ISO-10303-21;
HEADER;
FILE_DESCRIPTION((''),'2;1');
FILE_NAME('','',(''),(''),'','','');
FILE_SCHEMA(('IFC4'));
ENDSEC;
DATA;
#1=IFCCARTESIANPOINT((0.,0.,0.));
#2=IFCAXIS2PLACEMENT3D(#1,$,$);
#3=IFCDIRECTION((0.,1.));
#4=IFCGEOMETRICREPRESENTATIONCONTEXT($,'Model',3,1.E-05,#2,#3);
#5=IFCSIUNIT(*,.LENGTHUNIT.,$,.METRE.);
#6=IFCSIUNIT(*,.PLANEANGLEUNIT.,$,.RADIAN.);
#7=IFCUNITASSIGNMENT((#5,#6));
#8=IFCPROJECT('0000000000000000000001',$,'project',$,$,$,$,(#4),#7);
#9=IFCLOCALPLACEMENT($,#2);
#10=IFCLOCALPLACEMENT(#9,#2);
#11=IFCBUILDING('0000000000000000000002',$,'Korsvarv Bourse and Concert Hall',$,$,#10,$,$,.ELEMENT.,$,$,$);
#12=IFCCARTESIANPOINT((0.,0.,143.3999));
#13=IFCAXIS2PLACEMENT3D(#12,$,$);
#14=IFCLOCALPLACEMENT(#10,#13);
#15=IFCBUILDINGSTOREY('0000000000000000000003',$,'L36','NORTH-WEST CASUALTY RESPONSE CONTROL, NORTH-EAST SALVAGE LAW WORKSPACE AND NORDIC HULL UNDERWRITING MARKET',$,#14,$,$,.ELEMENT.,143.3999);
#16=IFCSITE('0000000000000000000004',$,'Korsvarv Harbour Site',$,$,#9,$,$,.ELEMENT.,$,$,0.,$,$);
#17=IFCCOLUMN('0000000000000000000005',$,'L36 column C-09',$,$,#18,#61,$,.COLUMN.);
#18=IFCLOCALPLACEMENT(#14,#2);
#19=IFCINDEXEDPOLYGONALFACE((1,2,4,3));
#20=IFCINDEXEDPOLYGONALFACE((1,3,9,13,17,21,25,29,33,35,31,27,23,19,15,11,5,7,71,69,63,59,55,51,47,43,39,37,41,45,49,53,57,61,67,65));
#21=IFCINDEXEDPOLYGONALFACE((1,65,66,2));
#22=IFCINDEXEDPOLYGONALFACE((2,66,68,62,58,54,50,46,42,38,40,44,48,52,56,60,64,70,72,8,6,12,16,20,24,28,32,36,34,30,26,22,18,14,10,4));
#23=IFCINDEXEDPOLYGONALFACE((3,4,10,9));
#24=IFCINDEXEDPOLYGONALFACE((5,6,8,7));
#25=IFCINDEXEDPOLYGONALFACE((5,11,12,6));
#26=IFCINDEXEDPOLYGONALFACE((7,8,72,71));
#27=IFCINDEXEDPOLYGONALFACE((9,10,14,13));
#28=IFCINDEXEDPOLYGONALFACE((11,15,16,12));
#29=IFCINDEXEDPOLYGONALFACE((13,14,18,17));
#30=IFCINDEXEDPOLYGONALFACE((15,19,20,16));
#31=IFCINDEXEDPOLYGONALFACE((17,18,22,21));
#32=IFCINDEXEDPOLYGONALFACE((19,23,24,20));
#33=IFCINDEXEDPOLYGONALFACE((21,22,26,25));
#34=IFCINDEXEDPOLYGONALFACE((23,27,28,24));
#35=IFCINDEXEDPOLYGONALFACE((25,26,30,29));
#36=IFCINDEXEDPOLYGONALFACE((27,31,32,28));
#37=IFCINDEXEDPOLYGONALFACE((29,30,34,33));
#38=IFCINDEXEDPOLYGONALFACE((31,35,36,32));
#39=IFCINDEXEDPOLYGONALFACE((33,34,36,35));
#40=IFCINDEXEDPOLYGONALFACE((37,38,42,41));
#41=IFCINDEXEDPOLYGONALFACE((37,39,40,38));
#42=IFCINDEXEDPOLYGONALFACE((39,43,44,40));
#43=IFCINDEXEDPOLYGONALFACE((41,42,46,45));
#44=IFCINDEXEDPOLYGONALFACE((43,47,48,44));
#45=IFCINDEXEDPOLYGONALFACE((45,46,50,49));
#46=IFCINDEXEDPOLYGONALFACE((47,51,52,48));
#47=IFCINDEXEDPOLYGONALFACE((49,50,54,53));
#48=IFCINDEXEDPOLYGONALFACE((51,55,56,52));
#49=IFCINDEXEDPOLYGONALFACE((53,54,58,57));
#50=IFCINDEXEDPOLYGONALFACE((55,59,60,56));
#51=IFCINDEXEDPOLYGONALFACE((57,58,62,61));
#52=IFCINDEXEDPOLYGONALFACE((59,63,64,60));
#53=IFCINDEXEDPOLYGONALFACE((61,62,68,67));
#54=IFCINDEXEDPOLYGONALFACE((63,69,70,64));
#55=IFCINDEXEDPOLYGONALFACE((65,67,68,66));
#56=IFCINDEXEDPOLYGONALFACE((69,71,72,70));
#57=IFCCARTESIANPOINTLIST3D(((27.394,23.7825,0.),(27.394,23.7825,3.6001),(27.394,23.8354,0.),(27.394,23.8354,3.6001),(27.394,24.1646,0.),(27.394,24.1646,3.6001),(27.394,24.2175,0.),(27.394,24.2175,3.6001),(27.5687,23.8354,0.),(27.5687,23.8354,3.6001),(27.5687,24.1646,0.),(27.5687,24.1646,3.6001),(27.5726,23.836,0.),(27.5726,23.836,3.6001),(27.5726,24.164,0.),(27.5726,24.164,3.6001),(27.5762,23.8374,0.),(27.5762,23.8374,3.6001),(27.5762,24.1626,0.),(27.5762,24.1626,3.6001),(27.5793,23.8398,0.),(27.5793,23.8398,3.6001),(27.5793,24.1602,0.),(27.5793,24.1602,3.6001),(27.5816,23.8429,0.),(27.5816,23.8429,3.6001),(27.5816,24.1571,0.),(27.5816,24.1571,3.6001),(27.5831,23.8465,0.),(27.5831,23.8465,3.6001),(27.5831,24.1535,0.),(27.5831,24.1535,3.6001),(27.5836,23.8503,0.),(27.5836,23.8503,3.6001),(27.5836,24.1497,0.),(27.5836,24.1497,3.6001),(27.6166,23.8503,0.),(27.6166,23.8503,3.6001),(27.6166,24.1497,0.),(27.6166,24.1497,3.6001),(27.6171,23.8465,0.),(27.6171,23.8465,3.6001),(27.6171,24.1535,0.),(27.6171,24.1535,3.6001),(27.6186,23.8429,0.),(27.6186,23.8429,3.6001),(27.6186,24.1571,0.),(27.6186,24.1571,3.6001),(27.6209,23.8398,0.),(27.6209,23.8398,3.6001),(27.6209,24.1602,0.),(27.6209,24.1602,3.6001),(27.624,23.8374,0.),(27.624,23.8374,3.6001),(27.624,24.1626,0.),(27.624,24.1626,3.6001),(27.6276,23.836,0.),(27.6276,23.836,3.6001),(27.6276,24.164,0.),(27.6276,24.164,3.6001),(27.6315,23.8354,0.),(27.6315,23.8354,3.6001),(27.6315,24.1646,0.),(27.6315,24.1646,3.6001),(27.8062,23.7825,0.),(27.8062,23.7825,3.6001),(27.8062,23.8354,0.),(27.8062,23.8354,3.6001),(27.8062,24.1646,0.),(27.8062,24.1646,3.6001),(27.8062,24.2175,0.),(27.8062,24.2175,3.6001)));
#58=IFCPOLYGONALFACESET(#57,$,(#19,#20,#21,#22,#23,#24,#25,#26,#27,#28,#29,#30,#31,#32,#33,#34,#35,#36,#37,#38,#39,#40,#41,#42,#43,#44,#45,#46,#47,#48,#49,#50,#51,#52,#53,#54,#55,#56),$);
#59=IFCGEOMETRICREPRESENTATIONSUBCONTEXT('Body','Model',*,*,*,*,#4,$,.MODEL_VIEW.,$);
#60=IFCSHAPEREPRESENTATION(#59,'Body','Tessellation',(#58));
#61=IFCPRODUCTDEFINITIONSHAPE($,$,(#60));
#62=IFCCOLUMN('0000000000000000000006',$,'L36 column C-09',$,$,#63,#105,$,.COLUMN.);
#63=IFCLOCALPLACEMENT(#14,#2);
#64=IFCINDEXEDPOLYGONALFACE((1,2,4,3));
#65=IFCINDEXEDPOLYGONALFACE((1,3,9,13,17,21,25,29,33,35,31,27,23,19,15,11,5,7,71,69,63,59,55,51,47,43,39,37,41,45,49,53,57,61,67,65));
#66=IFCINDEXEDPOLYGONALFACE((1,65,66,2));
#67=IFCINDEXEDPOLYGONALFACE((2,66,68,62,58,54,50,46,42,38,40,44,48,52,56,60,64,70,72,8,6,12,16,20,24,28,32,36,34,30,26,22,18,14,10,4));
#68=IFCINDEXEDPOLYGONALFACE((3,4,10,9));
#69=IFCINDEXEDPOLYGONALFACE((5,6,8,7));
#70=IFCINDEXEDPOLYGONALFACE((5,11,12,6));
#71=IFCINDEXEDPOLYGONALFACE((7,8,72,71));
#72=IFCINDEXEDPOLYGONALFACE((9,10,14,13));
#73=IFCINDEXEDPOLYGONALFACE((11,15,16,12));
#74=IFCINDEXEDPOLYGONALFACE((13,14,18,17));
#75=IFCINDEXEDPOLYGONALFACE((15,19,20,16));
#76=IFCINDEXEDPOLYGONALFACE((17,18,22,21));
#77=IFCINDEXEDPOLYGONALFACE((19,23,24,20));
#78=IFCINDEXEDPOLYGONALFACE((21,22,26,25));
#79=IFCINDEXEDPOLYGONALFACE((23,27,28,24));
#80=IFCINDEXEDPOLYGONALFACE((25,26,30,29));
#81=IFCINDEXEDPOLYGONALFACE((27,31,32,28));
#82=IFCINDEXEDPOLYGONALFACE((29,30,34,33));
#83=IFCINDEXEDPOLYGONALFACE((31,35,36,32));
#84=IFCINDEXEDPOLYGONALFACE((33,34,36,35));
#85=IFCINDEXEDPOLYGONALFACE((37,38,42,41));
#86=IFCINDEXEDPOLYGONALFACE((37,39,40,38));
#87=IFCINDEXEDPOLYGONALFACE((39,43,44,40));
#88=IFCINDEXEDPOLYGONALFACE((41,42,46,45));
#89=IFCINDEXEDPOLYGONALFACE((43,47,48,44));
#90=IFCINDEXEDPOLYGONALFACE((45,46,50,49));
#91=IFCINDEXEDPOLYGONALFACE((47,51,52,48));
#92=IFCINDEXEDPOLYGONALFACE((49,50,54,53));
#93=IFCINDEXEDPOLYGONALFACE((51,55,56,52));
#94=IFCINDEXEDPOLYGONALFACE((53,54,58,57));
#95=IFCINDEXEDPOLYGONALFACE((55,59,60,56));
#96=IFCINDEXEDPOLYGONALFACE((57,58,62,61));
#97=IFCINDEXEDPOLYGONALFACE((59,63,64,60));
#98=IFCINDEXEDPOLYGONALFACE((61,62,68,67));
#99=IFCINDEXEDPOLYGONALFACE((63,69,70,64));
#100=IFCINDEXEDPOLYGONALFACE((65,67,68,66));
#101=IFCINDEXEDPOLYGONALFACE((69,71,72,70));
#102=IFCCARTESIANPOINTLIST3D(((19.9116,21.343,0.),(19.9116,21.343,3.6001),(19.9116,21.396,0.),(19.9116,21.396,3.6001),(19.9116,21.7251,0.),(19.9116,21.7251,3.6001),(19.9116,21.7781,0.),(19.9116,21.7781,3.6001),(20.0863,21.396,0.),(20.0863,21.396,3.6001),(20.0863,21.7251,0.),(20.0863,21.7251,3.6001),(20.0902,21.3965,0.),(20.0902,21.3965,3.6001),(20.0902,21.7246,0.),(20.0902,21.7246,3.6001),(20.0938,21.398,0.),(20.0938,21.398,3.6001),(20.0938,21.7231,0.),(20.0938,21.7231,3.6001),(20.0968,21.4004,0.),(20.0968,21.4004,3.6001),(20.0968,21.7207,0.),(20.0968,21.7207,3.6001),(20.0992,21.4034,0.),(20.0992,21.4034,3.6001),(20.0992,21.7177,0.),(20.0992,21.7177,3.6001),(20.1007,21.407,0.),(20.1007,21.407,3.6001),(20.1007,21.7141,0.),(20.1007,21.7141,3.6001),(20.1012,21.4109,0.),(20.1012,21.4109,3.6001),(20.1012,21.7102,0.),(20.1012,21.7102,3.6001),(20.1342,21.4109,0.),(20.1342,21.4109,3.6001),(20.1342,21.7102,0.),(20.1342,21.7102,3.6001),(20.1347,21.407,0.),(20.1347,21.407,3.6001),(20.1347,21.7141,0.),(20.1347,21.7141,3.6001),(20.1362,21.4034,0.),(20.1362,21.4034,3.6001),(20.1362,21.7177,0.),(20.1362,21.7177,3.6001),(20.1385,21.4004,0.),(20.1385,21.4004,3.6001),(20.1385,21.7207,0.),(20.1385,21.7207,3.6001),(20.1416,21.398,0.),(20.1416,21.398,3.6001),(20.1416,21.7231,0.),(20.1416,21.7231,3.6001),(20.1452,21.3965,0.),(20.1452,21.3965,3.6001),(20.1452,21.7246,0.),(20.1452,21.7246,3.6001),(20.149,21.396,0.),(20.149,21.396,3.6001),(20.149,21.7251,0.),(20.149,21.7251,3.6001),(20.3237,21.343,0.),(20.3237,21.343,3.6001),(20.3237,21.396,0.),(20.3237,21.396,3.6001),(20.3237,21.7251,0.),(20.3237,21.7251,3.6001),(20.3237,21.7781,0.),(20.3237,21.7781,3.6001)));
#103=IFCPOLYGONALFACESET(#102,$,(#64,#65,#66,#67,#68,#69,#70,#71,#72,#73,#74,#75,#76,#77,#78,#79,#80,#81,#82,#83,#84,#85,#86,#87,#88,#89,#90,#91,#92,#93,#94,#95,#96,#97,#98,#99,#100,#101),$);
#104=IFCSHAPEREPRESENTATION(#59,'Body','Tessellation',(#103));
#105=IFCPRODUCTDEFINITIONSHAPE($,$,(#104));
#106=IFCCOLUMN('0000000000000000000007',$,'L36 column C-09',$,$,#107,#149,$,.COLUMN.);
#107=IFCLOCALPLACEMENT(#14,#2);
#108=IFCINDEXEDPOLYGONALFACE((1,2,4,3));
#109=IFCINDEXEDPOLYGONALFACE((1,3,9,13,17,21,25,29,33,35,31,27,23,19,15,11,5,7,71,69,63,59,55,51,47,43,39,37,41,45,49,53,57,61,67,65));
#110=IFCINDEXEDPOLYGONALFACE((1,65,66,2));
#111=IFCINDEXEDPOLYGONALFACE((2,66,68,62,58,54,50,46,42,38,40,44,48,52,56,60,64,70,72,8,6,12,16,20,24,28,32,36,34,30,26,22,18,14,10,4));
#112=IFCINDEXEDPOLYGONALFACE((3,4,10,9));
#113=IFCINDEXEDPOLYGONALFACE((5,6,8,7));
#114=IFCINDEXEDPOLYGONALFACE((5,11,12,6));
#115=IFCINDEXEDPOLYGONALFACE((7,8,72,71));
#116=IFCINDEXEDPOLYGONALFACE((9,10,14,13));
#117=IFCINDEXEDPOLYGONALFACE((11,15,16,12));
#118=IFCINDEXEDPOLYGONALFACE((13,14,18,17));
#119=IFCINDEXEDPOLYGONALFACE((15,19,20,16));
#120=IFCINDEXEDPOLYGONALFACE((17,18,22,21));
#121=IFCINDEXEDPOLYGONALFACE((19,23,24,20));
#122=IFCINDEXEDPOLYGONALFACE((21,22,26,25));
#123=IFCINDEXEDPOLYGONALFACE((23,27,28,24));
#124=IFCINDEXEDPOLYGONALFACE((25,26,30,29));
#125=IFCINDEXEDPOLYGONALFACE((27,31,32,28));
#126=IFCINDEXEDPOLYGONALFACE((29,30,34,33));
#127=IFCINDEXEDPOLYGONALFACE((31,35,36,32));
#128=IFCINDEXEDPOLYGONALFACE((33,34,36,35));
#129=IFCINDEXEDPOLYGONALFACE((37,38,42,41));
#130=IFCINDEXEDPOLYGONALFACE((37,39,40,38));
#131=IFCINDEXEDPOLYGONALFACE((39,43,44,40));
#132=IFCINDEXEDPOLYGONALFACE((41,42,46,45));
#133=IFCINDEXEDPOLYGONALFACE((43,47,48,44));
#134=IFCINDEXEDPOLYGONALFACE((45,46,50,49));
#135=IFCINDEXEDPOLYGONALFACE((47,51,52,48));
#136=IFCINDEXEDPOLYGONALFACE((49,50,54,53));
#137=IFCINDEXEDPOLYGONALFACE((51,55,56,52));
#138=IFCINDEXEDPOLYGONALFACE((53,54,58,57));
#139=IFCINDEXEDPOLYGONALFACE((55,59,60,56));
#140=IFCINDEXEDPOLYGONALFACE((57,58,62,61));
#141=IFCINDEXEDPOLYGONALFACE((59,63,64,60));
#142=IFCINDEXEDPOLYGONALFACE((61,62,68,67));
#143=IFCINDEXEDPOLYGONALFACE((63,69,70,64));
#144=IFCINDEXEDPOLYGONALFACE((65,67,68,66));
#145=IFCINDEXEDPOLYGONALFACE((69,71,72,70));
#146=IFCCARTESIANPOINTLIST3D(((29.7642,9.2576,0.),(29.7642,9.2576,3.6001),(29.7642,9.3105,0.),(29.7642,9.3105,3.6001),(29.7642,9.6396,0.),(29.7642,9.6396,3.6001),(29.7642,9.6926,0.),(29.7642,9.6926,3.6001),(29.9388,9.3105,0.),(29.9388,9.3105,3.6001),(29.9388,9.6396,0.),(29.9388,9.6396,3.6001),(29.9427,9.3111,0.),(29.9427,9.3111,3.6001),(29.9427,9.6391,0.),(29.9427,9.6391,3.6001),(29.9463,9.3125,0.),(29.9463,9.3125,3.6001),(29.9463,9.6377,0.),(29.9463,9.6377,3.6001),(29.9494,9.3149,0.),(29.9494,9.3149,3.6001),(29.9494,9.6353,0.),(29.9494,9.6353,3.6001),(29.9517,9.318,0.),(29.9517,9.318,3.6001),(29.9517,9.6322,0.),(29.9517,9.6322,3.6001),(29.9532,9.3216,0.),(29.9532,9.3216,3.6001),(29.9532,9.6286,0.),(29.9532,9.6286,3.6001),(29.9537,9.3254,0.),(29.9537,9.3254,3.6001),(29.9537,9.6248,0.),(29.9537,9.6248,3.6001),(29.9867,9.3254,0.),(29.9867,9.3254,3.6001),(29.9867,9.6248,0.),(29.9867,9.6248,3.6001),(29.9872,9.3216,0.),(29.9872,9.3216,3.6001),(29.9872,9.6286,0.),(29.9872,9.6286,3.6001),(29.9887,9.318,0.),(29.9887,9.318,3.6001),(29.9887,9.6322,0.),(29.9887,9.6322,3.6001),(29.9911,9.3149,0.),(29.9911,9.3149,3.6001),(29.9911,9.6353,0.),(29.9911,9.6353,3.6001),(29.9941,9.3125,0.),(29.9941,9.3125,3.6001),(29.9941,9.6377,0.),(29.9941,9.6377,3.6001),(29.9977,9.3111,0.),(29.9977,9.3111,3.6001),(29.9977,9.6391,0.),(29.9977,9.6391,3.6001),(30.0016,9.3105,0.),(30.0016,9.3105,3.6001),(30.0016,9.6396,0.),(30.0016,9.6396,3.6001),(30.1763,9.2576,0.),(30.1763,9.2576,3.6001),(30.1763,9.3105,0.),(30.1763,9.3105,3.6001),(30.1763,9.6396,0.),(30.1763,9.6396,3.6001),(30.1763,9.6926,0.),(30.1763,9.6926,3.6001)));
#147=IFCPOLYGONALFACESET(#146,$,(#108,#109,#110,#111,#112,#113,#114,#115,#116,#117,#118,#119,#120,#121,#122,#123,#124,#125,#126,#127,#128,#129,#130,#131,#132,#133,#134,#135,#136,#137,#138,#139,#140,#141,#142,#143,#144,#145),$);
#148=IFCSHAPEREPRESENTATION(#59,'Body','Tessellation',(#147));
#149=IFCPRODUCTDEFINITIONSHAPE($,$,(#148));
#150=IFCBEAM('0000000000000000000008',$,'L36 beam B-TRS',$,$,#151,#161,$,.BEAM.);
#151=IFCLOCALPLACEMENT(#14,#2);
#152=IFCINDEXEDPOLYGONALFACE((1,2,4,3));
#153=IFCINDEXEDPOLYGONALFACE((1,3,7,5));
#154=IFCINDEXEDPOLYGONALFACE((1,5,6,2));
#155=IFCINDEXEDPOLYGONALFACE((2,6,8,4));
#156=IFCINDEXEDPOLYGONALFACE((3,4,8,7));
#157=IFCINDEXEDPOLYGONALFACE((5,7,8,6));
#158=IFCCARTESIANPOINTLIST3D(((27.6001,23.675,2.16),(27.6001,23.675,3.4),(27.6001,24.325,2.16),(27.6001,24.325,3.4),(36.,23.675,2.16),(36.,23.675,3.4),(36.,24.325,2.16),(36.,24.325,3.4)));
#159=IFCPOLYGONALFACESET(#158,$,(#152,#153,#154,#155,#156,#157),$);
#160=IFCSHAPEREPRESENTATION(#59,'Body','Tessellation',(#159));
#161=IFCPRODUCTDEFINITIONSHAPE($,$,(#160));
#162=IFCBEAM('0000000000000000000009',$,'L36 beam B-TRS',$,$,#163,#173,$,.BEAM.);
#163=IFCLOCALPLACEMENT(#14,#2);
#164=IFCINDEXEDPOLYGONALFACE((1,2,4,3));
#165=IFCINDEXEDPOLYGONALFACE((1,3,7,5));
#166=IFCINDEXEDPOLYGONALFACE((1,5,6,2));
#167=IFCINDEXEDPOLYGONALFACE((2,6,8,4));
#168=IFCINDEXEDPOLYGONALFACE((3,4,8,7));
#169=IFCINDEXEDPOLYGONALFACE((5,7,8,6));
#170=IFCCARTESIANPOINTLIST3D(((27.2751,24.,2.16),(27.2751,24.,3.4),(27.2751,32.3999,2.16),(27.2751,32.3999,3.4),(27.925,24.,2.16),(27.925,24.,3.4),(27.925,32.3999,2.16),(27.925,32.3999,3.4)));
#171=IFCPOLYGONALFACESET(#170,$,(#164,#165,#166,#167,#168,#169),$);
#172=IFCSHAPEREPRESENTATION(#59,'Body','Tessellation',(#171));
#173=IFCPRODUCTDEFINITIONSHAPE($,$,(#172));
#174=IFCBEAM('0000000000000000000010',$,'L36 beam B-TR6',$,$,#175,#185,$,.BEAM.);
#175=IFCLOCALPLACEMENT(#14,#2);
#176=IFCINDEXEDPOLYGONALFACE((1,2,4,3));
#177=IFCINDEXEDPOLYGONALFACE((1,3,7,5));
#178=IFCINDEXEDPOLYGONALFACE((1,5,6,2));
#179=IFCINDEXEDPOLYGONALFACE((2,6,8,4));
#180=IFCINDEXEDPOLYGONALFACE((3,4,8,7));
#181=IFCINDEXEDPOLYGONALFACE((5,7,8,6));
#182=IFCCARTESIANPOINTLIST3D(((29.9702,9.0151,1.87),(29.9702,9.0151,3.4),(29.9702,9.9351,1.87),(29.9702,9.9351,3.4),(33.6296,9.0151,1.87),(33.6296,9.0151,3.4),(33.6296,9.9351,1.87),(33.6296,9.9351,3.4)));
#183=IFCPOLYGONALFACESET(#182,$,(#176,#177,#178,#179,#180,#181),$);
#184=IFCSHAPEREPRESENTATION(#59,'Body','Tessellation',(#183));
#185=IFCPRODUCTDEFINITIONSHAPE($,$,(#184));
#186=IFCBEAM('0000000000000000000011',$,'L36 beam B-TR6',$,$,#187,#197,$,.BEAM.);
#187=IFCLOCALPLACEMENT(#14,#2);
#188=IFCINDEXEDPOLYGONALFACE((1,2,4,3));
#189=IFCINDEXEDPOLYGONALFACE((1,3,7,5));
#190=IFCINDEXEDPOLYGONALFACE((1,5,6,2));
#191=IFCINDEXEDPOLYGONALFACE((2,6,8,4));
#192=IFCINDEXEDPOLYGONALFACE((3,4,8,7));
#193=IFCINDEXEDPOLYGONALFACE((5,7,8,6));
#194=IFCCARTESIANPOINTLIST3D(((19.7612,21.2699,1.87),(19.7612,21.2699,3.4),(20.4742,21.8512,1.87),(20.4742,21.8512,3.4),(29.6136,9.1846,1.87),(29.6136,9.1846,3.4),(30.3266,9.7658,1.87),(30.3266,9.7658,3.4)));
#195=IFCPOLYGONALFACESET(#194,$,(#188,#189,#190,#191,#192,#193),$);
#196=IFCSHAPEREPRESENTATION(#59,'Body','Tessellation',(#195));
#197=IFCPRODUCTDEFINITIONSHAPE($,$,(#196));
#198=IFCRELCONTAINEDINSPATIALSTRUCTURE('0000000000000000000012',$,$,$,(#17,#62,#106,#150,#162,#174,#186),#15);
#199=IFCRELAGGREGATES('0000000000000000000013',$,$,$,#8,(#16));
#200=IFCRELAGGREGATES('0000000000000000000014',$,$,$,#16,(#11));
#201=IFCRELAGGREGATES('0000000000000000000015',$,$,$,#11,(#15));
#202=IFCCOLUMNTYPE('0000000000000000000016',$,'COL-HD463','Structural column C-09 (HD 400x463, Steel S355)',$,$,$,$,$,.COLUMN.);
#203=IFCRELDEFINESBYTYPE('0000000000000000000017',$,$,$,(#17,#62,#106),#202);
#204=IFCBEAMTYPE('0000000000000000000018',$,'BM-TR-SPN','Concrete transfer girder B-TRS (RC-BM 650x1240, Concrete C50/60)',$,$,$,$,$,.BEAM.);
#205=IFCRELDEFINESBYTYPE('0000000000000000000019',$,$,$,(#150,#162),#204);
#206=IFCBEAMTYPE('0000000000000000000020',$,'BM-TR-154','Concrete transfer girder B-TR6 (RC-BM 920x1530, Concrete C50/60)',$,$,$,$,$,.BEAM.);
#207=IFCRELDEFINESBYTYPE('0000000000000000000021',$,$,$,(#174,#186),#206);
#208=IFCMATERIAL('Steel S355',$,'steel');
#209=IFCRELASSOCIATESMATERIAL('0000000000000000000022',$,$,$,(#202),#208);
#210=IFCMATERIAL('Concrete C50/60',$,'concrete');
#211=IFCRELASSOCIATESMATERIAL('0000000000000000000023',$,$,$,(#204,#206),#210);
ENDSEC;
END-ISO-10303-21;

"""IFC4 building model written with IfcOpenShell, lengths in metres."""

from ifc_helpers import new_model, si_unit, direction, frame, origin, origin_2d, place, context, subcontext, project, spatial, rectangle, i_section, extrude, source, transform, mapped, material, material_profile, profile_set, type_object, element, save


model = new_model("IFC4")

# Units and contexts
model_context = context("Model", 3, precision=1e-05, world=origin(), true_north=direction((0.0, 1.0)))
body_context = subcontext(model_context, "Body", "Model", "MODEL_VIEW")
ifc_project = project(units=[si_unit("LENGTHUNIT", "METRE"), si_unit("PLANEANGLEUNIT", "RADIAN")], contexts=[model_context])

# Site, building, storey
site_placement = place(None, origin())
site = spatial("IfcSite", under=ifc_project, at=site_placement, Name="Korsvarv Harbour Site", CompositionType="ELEMENT", RefElevation=0.0)
building_placement = place(site_placement, origin())
building = spatial("IfcBuilding", under=site, at=building_placement, Name="Korsvarv Bourse and Concert Hall", CompositionType="ELEMENT")
storey_placement = place(building_placement, frame((0.0, 0.0, 143.3999)))
storey = spatial("IfcBuildingStorey", under=building, at=storey_placement, Name="L36", Description="NORTH-WEST CASUALTY RESPONSE CONTROL, NORTH-EAST SALVAGE LAW WORKSPACE AND NORDIC HULL UNDERWRITING MARKET", CompositionType="ELEMENT", Elevation=143.3999)

# Columns
ifc_material_1 = material(Name="Steel S355", Category="steel")
ifc_material_profile_1 = material_profile(ifc_material_1, i_section(OverallWidth=0.4121, OverallDepth=0.4351, WebThickness=0.033, FlangeThickness=0.053, FilletRadius=0.0149, at=origin_2d()), Name="HD 400x463")
ifc_profile_set_1 = profile_set([ifc_material_profile_1], Name="Steel S355")
column_type = type_object("IfcColumnType", Name="COL-HD463", Description="Structural column C-09 (HD 400x463, Steel S355)", PredefinedType="COLUMN", material=ifc_profile_set_1)
shared_shape_1 = source(origin(), body_context, "Body", "SweptSolid", [
    extrude(i_section(OverallWidth=0.4121, OverallDepth=0.4351, WebThickness=0.033, FlangeThickness=0.053, FilletRadius=0.0149, at=origin_2d()), origin(), (0.0, 0.0, 1.0), 3.6001),
])
for number, where, z_axis, x_axis, name in (
    (1, (27.6001, 24.0, 0.0), (0.0, 0.0, 1.0), (1.0, 0.0, 0.0), "L36 column C-09"),
    (2, (20.1177, 21.5605, 0.0), (0.0, 0.0, 1.0), (1.0, 0.0, 0.0), "L36 column C-09"),
    (3, (29.9702, 9.4751, 0.0), (0.0, 0.0, 1.0), (1.0, 0.0, 0.0), "L36 column C-09"),
):
    element("IfcColumn", number, at=place(storey_placement, frame(where, z_axis=z_axis, x_axis=x_axis)), inside=storey, type_object=column_type, Name=name, PredefinedType="COLUMN", context=body_context, shape_type="MappedRepresentation", body=[
        mapped(shared_shape_1, transform((0.0, 0.0, 0.0), scale=1.0)),
    ])

# Beams
ifc_material_2 = material(Name="Concrete C50/60", Category="concrete")
ifc_material_profile_2 = material_profile(ifc_material_2, rectangle(XDim=0.6499, YDim=1.24, at=origin_2d()), Name="RC-BM 650x1240")
ifc_profile_set_2 = profile_set([ifc_material_profile_2], Name="Concrete C50/60")
beam_type_1 = type_object("IfcBeamType", Name="BM-TR-SPN", Description="Concrete transfer girder B-TRS (RC-BM 650x1240, Concrete C50/60)", PredefinedType="BEAM", material=ifc_profile_set_2)
shared_shape_2 = source(origin(), body_context, "Body", "SweptSolid", [
    extrude(rectangle(XDim=0.6499, YDim=1.24, at=origin_2d()), origin(), (0.0, 0.0, 1.0), 8.3999),
])
for number, where, z_axis, x_axis, name in (
    (4, (27.6001, 24.0, 2.78), (1.0, 0.0, 0.0), (0.0, 1.0, 0.0), "L36 beam B-TRS"),
    (5, (27.6001, 24.0, 2.78), (0.0, 1.0, 0.0), (-1.0, 0.0, 0.0), "L36 beam B-TRS"),
):
    element("IfcBeam", number, at=place(storey_placement, frame(where, z_axis=z_axis, x_axis=x_axis)), inside=storey, type_object=beam_type_1, Name=name, PredefinedType="BEAM", context=body_context, shape_type="MappedRepresentation", body=[
        mapped(shared_shape_2, transform((0.0, 0.0, 0.0), scale=1.0)),
    ])
ifc_material_profile_3 = material_profile(ifc_material_2, rectangle(XDim=0.9199, YDim=1.53, at=origin_2d()), Name="RC-BM 920x1530")
ifc_profile_set_3 = profile_set([ifc_material_profile_3], Name="Concrete C50/60")
beam_type_2 = type_object("IfcBeamType", Name="BM-TR-154", Description="Concrete transfer girder B-TR6 (RC-BM 920x1530, Concrete C50/60)", PredefinedType="BEAM", material=ifc_profile_set_3)
shared_shape_3 = source(origin(), body_context, "Body", "SweptSolid", [
    extrude(rectangle(XDim=0.9199, YDim=1.53, at=origin_2d()), origin(), (0.0, 0.0, 1.0), 3.6594),
])
beam_1_placement = place(storey_placement, frame((29.9702, 9.4751, 2.635), z_axis=(1.0, 0.0, 0.0), x_axis=(0.0, 1.0, 0.0)))
element("IfcBeam", 6, at=beam_1_placement, inside=storey, type_object=beam_type_2, Name="L36 beam B-TR6", PredefinedType="BEAM", context=body_context, shape_type="MappedRepresentation", body=[
    mapped(shared_shape_3, transform((0.0, 0.0, 0.0), scale=1.0)),
])
shared_shape_4 = source(origin(), body_context, "Body", "SweptSolid", [
    extrude(rectangle(XDim=0.9199, YDim=1.53, at=origin_2d()), origin(), (0.0, 0.0, 1.0), 15.5925),
])
beam_2_placement = place(storey_placement, frame((20.1177, 21.5605, 2.635), z_axis=(0.631871, -0.775074, 0.0), x_axis=(0.775074, 0.631871, 0.0)))
element("IfcBeam", 7, at=beam_2_placement, inside=storey, type_object=beam_type_2, Name="L36 beam B-TR6", PredefinedType="BEAM", context=body_context, shape_type="MappedRepresentation", body=[
    mapped(shared_shape_4, transform((0.0, 0.0, 0.0), scale=1.0)),
])

save(model, "model.ifc")
